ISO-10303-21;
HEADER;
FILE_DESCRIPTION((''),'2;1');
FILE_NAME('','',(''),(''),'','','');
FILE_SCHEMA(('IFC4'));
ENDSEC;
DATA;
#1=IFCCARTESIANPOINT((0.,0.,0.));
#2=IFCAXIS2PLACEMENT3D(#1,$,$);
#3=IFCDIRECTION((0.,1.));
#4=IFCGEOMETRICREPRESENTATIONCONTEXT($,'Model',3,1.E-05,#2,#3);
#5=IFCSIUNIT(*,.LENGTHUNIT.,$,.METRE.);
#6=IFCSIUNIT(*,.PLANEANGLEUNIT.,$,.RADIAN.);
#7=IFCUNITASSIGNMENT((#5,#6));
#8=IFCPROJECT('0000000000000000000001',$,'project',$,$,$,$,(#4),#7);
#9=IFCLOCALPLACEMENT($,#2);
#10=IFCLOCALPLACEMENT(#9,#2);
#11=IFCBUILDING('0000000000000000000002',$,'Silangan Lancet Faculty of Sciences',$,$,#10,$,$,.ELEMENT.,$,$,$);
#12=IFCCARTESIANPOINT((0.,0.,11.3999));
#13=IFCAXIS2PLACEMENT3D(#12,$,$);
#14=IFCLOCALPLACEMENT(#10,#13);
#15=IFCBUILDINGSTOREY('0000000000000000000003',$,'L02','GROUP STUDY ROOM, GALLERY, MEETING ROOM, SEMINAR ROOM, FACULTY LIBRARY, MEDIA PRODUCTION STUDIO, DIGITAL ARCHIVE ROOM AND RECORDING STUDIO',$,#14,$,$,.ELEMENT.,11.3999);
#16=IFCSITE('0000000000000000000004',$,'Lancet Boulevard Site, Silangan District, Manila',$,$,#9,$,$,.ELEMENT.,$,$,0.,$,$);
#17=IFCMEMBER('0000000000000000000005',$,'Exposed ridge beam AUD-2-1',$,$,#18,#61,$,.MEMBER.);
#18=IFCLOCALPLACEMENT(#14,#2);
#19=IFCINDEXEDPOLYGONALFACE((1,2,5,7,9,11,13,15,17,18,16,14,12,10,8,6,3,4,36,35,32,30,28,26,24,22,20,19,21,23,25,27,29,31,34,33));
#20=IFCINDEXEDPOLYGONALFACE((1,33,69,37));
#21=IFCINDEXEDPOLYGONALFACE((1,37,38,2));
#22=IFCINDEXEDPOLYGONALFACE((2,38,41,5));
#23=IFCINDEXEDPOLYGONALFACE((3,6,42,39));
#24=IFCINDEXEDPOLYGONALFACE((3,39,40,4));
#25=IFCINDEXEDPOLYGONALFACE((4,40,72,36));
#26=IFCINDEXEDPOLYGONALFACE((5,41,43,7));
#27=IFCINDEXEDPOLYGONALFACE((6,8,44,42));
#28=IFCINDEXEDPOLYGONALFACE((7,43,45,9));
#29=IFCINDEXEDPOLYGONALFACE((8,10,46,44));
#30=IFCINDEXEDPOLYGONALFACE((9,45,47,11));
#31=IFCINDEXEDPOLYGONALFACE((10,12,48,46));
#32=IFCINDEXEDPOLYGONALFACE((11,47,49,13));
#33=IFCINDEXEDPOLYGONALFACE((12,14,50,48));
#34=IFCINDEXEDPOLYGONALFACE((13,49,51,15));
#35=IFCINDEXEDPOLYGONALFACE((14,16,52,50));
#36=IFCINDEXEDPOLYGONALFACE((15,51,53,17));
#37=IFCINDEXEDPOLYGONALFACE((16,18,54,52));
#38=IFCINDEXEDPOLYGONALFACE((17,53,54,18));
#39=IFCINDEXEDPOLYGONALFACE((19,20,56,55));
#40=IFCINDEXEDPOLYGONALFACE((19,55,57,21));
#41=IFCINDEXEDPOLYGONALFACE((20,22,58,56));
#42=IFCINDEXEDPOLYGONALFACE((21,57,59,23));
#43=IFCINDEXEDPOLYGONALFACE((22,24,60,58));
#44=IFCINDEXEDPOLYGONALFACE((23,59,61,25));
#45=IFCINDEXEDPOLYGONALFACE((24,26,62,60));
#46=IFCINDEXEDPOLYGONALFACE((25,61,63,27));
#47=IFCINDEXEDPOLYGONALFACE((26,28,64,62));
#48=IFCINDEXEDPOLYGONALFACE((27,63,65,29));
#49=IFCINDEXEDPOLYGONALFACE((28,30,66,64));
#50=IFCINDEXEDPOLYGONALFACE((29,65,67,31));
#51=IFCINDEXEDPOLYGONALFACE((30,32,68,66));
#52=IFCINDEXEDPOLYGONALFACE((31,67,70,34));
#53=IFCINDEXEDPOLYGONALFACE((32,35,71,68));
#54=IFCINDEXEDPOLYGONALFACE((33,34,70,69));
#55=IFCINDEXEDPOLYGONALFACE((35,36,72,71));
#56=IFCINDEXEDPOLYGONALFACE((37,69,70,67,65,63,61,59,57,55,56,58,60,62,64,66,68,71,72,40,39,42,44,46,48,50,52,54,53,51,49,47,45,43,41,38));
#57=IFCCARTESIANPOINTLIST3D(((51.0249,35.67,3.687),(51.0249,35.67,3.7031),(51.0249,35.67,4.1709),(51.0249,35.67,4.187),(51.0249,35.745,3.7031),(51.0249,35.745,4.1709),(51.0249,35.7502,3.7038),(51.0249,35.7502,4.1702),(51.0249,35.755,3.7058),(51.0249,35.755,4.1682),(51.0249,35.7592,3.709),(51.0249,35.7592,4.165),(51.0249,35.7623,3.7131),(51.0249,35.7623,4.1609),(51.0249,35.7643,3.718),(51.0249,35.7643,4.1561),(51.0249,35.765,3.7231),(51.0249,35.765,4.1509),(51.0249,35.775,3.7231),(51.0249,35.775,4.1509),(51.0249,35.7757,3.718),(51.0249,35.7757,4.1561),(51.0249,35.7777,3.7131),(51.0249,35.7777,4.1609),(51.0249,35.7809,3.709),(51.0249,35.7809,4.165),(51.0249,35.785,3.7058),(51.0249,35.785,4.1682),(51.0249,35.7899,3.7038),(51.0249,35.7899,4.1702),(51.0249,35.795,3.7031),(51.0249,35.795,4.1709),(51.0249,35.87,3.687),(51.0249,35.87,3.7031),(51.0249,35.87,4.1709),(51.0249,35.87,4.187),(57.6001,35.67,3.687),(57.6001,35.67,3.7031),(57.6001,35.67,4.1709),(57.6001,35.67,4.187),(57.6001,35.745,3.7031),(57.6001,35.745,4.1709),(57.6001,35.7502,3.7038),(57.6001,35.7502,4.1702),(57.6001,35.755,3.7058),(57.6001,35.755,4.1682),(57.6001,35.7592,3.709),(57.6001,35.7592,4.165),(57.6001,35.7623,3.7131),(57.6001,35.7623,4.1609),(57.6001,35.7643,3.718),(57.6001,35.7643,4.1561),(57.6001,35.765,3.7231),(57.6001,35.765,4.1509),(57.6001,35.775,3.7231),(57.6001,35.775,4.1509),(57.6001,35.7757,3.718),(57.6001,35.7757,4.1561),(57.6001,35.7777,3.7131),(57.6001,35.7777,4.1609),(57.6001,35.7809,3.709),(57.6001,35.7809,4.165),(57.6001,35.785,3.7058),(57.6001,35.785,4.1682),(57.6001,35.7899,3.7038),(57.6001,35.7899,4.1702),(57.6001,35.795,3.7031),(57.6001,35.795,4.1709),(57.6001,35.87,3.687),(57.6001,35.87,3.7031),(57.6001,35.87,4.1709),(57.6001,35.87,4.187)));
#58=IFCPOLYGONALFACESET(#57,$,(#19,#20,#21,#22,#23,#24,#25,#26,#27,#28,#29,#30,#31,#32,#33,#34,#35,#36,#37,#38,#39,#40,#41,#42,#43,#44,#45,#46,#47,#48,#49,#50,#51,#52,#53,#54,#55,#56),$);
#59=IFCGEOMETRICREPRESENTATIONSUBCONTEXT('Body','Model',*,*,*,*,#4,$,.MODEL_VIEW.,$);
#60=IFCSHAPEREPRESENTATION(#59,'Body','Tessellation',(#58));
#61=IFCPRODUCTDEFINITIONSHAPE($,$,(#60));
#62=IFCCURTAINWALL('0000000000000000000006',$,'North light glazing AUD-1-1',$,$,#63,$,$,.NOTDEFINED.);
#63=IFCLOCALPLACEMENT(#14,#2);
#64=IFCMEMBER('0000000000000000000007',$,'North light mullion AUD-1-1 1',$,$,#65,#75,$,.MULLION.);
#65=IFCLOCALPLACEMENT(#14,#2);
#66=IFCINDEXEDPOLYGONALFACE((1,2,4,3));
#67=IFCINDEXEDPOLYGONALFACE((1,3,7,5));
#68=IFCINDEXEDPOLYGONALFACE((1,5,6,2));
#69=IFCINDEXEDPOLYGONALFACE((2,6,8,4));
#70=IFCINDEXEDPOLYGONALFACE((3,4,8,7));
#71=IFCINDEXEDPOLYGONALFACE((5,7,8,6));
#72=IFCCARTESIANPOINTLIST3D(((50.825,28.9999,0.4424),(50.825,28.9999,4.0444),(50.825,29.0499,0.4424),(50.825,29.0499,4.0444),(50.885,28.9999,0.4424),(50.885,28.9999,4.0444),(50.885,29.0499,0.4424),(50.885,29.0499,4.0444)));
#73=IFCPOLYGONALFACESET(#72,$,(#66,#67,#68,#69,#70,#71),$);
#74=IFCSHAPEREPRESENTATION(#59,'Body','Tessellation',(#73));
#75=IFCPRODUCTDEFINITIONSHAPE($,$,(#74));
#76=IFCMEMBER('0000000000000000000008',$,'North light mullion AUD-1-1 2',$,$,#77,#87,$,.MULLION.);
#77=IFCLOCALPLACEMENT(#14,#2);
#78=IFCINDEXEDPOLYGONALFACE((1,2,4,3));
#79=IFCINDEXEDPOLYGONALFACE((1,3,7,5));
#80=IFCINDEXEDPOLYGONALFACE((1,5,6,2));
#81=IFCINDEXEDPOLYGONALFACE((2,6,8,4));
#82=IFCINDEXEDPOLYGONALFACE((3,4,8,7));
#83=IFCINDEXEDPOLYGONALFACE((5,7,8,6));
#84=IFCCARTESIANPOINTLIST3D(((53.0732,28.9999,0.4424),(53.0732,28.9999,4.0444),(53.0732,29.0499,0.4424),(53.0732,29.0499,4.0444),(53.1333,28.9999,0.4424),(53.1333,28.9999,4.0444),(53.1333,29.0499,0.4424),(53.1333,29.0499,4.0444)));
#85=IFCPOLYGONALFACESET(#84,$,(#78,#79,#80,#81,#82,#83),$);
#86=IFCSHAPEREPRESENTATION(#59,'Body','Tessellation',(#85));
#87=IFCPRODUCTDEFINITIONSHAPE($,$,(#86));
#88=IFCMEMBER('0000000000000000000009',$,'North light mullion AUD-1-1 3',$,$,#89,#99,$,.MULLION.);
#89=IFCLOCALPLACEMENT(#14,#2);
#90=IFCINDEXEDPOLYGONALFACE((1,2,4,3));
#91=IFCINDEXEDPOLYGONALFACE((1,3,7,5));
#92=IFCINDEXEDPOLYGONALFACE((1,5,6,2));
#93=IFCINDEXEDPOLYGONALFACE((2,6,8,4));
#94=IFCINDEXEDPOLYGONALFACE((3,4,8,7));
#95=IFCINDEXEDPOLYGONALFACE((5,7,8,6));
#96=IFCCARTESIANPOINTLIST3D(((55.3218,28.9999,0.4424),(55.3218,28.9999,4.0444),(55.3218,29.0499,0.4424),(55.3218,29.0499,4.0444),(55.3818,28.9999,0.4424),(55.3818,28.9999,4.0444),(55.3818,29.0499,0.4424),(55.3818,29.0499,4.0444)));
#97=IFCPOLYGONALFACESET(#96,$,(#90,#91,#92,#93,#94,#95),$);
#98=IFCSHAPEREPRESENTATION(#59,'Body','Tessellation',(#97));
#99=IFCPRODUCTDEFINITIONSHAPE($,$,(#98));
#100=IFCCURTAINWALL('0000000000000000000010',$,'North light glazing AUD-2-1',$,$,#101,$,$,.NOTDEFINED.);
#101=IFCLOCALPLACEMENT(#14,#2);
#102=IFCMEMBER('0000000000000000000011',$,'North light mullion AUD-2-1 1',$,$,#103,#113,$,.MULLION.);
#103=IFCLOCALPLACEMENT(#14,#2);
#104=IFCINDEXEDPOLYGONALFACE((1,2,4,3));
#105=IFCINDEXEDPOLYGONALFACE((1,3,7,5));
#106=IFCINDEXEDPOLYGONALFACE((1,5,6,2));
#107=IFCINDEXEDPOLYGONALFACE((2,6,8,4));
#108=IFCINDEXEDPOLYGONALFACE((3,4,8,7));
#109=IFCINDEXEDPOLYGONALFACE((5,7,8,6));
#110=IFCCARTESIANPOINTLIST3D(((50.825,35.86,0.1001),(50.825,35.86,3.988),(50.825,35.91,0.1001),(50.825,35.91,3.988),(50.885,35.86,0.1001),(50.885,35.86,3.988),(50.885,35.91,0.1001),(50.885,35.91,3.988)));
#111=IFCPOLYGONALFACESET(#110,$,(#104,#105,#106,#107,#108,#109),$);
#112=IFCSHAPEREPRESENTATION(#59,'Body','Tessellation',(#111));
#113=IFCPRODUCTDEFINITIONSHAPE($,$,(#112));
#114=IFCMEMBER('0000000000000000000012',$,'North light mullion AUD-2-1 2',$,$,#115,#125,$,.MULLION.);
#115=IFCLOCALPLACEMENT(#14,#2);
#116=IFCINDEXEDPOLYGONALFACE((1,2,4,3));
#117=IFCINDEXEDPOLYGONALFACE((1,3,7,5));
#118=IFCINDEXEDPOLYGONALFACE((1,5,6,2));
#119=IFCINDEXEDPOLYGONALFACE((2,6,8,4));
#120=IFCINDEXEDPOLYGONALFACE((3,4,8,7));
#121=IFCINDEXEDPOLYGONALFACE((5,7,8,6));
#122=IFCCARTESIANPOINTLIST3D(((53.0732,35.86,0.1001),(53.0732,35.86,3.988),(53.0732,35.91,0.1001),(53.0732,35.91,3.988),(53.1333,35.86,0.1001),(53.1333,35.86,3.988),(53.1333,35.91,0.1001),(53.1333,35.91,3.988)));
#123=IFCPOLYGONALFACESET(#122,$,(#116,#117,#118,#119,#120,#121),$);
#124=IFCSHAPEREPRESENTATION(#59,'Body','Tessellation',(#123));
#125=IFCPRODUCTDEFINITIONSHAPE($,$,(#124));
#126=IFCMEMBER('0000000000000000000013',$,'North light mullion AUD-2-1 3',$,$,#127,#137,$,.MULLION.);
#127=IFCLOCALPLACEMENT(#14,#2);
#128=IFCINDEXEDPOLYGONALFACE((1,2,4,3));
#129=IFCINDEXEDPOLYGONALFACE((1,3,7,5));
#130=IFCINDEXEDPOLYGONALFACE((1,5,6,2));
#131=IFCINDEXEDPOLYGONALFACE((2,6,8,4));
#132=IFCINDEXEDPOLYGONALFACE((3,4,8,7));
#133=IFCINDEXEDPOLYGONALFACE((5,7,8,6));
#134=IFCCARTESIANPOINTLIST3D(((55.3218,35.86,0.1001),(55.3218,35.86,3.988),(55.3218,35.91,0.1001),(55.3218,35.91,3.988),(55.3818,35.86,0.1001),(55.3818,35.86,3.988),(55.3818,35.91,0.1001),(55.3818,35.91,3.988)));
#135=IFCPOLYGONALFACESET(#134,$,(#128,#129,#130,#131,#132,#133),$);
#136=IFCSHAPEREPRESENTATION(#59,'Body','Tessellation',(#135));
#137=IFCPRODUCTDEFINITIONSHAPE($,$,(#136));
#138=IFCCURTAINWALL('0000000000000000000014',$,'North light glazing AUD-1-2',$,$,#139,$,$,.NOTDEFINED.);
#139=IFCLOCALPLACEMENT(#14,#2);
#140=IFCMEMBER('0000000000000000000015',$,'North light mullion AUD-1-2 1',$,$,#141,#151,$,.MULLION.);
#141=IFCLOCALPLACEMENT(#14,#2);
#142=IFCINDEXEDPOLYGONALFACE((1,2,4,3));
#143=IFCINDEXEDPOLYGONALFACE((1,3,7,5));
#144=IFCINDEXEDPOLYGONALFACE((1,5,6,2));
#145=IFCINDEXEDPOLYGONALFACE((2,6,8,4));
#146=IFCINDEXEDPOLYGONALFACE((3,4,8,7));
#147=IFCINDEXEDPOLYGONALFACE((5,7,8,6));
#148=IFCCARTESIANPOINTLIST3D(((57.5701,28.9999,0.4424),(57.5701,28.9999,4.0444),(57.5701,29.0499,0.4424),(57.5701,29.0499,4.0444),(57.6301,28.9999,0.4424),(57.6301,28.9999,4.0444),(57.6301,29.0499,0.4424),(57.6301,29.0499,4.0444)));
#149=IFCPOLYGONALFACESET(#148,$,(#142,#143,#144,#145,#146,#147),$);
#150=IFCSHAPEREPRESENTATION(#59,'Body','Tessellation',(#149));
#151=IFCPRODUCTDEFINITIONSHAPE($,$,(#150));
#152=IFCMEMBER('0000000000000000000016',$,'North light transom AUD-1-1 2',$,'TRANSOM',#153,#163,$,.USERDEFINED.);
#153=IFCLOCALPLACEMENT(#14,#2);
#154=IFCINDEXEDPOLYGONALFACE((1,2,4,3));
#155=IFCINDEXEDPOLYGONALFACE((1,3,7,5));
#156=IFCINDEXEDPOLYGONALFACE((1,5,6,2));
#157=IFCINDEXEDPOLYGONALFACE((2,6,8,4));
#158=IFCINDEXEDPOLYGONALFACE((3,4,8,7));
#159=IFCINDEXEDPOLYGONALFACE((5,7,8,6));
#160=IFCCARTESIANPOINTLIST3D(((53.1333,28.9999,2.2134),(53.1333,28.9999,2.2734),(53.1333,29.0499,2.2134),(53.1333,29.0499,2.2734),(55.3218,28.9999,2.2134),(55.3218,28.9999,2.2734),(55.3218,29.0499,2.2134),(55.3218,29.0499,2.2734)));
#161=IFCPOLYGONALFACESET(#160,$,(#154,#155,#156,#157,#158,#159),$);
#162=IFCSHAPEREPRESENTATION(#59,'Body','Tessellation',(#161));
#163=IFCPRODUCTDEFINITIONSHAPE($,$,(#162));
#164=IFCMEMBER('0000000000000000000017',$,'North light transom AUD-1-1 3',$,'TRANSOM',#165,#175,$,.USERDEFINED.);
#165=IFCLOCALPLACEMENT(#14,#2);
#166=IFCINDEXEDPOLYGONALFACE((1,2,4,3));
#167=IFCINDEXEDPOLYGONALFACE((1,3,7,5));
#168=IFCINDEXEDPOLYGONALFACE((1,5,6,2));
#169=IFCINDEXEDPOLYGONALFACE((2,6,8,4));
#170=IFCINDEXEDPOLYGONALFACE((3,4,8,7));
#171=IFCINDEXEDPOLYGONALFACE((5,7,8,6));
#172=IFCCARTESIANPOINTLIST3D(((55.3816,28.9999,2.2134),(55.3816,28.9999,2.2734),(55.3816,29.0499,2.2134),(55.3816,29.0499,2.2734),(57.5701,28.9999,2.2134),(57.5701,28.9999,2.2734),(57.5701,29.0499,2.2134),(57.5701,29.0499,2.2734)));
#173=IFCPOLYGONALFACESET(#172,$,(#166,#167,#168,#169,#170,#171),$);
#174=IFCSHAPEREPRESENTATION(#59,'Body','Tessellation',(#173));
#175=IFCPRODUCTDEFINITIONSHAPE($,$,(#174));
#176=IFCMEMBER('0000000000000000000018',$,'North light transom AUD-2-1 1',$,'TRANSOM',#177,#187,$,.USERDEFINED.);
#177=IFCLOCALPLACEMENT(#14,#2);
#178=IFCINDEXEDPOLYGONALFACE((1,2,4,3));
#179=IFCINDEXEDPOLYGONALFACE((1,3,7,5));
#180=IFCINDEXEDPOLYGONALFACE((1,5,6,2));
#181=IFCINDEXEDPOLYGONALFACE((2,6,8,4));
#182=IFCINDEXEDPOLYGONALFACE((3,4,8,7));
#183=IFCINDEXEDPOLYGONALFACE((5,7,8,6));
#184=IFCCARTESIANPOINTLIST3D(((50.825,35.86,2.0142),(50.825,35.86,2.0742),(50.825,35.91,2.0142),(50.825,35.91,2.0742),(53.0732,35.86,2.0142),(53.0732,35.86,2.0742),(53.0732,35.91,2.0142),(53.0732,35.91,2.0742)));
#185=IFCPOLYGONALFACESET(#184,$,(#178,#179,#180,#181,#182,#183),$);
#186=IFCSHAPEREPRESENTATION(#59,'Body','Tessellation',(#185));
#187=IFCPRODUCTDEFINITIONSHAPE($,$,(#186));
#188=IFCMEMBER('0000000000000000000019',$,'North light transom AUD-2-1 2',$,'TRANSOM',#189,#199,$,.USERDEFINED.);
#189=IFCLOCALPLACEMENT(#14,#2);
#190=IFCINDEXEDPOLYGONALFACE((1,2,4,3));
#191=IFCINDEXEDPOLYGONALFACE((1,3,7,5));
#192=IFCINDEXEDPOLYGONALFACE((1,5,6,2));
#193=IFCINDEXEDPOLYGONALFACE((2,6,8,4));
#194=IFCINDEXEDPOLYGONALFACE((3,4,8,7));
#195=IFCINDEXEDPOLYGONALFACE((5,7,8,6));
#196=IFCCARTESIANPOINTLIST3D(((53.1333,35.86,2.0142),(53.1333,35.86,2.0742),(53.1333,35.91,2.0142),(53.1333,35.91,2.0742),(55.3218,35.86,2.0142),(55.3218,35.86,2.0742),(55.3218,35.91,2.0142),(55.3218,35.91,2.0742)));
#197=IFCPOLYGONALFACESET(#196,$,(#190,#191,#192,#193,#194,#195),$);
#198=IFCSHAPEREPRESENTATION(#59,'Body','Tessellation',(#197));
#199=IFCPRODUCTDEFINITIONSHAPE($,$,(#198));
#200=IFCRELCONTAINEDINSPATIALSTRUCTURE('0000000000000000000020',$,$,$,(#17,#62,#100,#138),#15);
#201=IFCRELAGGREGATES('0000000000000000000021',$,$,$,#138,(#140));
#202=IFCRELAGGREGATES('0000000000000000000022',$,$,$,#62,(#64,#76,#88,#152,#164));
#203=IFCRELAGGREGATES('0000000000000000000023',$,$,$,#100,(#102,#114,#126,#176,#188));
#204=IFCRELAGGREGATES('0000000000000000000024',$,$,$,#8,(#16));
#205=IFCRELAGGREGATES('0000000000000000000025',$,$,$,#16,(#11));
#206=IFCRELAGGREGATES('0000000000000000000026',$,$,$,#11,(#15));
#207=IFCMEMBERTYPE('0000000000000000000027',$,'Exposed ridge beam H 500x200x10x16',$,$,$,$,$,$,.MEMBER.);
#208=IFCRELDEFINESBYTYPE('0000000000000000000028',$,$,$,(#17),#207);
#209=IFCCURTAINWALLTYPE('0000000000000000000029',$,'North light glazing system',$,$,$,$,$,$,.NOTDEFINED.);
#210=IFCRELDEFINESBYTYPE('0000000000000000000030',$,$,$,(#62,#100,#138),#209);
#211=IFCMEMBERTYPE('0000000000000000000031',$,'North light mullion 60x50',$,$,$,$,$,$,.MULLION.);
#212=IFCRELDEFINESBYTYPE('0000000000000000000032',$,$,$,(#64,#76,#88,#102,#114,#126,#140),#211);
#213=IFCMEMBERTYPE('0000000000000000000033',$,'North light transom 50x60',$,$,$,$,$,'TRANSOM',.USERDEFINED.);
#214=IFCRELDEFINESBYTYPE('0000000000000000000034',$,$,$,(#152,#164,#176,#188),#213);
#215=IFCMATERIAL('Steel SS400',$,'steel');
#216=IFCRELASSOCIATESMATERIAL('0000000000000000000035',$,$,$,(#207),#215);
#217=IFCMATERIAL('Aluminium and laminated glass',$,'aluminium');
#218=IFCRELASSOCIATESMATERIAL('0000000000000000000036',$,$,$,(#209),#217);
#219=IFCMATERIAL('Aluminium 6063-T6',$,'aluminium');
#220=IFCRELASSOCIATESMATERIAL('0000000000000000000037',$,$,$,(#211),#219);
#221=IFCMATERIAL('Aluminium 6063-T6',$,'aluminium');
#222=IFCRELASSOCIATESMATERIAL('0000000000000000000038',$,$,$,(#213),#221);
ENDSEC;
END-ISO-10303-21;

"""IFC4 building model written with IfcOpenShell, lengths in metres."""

from ifc_helpers import new_model, si_unit, direction, frame, origin, origin_2d, place, context, subcontext, project, spatial, rectangle, i_section, extrude, material, material_profile, profile_set, type_object, element, aggregate, save


model = new_model("IFC4")

# Units and contexts
model_context = context("Model", 3, precision=1e-05, world=origin(), true_north=direction((0.0, 1.0)))
body_context = subcontext(model_context, "Body", "Model", "MODEL_VIEW")
ifc_project = project(units=[si_unit("LENGTHUNIT", "METRE"), si_unit("PLANEANGLEUNIT", "RADIAN")], contexts=[model_context])

# Site, building, storey
site_placement = place(None, origin())
site = spatial("IfcSite", under=ifc_project, at=site_placement, Name="Lancet Boulevard Site, Silangan District, Manila", CompositionType="ELEMENT", RefElevation=0.0)
building_placement = place(site_placement, origin())
building = spatial("IfcBuilding", under=site, at=building_placement, Name="Silangan Lancet Faculty of Sciences", CompositionType="ELEMENT")
storey_placement = place(building_placement, frame((0.0, 0.0, 11.3999)))
storey = spatial("IfcBuildingStorey", under=building, at=storey_placement, Name="L02", Description="GROUP STUDY ROOM, GALLERY, MEETING ROOM, SEMINAR ROOM, FACULTY LIBRARY, MEDIA PRODUCTION STUDIO, DIGITAL ARCHIVE ROOM AND RECORDING STUDIO", CompositionType="ELEMENT", Elevation=11.3999)

# Member
ifc_material_1 = material(Name="Steel SS400", Category="steel")
ifc_material_profile_1 = material_profile(ifc_material_1, i_section(OverallWidth=0.2, OverallDepth=0.5, WebThickness=0.01, FlangeThickness=0.0161, FilletRadius=0.02, at=origin_2d()), Name="H 500x200x10x16")
ifc_profile_set_1 = profile_set([ifc_material_profile_1], Name="Steel SS400")
member_type_1 = type_object("IfcMemberType", Name="Exposed ridge beam H 500x200x10x16", PredefinedType="MEMBER", material=ifc_profile_set_1)
member_1_placement = place(storey_placement, frame((51.0249, 35.77, 3.937), z_axis=(1.0, 0.0, 0.0), x_axis=(0.0, 1.0, 0.0)))
element("IfcMember", 1, at=member_1_placement, inside=storey, type_object=member_type_1, Name="Exposed ridge beam AUD-2-1", PredefinedType="MEMBER", context=body_context, shape_type="SweptSolid", body=[
    extrude(i_section(OverallWidth=0.2, OverallDepth=0.5, WebThickness=0.01, FlangeThickness=0.0161, FilletRadius=0.02, at=origin_2d()), origin(), (0.0, 0.0, 1.0), 6.5752),
])

# Curtain walls, members
ifc_material_2 = material(Name="Aluminium and laminated glass", Category="aluminium")
curtain_wall_type = type_object("IfcCurtainWallType", Name="North light glazing system", PredefinedType="NOTDEFINED", material=ifc_material_2)
curtain_wall_1_placement = place(storey_placement, origin())
curtain_wall_1 = element("IfcCurtainWall", 2, at=curtain_wall_1_placement, inside=storey, type_object=curtain_wall_type, Name="North light glazing AUD-1-1", PredefinedType="NOTDEFINED")
ifc_material_3 = material(Name="Aluminium 6063-T6", Category="aluminium")
ifc_material_profile_2 = material_profile(ifc_material_3, rectangle(XDim=0.0601, YDim=0.05, at=origin_2d()), Name="AL 60x50")
ifc_profile_set_2 = profile_set([ifc_material_profile_2], Name="Aluminium 6063-T6")
member_type_2 = type_object("IfcMemberType", Name="North light mullion 60x50", PredefinedType="MULLION", material=ifc_profile_set_2)
member_2_placement = place(storey_placement, frame((50.855, 29.0249, 0.4424), z_axis=(0.0, 0.0, 1.0), x_axis=(1.0, 0.0, 0.0)))
member_2 = element("IfcMember", 3, at=member_2_placement, type_object=member_type_2, Name="North light mullion AUD-1-1 1", PredefinedType="MULLION", context=body_context, shape_type="SweptSolid", body=[
    extrude(rectangle(XDim=0.0601, YDim=0.05, at=origin_2d()), origin(), (0.0, 0.0, 1.0), 3.6021),
])
member_3_placement = place(storey_placement, frame((53.1033, 29.0249, 0.4424), z_axis=(0.0, 0.0, 1.0), x_axis=(1.0, 0.0, 0.0)))
member_3 = element("IfcMember", 4, at=member_3_placement, type_object=member_type_2, Name="North light mullion AUD-1-1 2", PredefinedType="MULLION", context=body_context, shape_type="SweptSolid", body=[
    extrude(rectangle(XDim=0.0601, YDim=0.05, at=origin_2d()), origin(), (0.0, 0.0, 1.0), 3.6021),
])
member_4_placement = place(storey_placement, frame((55.3518, 29.0249, 0.4424), z_axis=(0.0, 0.0, 1.0), x_axis=(1.0, 0.0, 0.0)))
member_4 = element("IfcMember", 5, at=member_4_placement, type_object=member_type_2, Name="North light mullion AUD-1-1 3", PredefinedType="MULLION", context=body_context, shape_type="SweptSolid", body=[
    extrude(rectangle(XDim=0.0601, YDim=0.05, at=origin_2d()), origin(), (0.0, 0.0, 1.0), 3.6021),
])
curtain_wall_2_placement = place(storey_placement, origin())
curtain_wall_2 = element("IfcCurtainWall", 6, at=curtain_wall_2_placement, inside=storey, type_object=curtain_wall_type, Name="North light glazing AUD-2-1", PredefinedType="NOTDEFINED")
member_5_placement = place(storey_placement, frame((50.855, 35.885, 0.1001), z_axis=(0.0, 0.0, 1.0), x_axis=(1.0, 0.0, 0.0)))
member_5 = element("IfcMember", 7, at=member_5_placement, type_object=member_type_2, Name="North light mullion AUD-2-1 1", PredefinedType="MULLION", context=body_context, shape_type="SweptSolid", body=[
    extrude(rectangle(XDim=0.0601, YDim=0.05, at=origin_2d()), origin(), (0.0, 0.0, 1.0), 3.8879),
])
member_6_placement = place(storey_placement, frame((53.1033, 35.885, 0.1001), z_axis=(0.0, 0.0, 1.0), x_axis=(1.0, 0.0, 0.0)))
member_6 = element("IfcMember", 8, at=member_6_placement, type_object=member_type_2, Name="North light mullion AUD-2-1 2", PredefinedType="MULLION", context=body_context, shape_type="SweptSolid", body=[
    extrude(rectangle(XDim=0.0601, YDim=0.05, at=origin_2d()), origin(), (0.0, 0.0, 1.0), 3.8879),
])
member_7_placement = place(storey_placement, frame((55.3518, 35.885, 0.1001), z_axis=(0.0, 0.0, 1.0), x_axis=(1.0, 0.0, 0.0)))
member_7 = element("IfcMember", 9, at=member_7_placement, type_object=member_type_2, Name="North light mullion AUD-2-1 3", PredefinedType="MULLION", context=body_context, shape_type="SweptSolid", body=[
    extrude(rectangle(XDim=0.0601, YDim=0.05, at=origin_2d()), origin(), (0.0, 0.0, 1.0), 3.8879),
])

# Curtain wall, member
curtain_wall_3_placement = place(storey_placement, origin())
curtain_wall_3 = element("IfcCurtainWall", 10, at=curtain_wall_3_placement, inside=storey, type_object=curtain_wall_type, Name="North light glazing AUD-1-2", PredefinedType="NOTDEFINED")
member_8_placement = place(storey_placement, frame((57.6001, 29.0249, 0.4424), z_axis=(0.0, 0.0, 1.0), x_axis=(1.0, 0.0, 0.0)))
member_8 = element("IfcMember", 11, at=member_8_placement, type_object=member_type_2, Name="North light mullion AUD-1-2 1", PredefinedType="MULLION", context=body_context, shape_type="SweptSolid", body=[
    extrude(rectangle(XDim=0.0601, YDim=0.05, at=origin_2d()), origin(), (0.0, 0.0, 1.0), 3.6021),
])
aggregate(curtain_wall_3, [member_8])

# Members
ifc_material_4 = material(Name="Aluminium 6063-T6", Category="aluminium")
ifc_material_profile_3 = material_profile(ifc_material_4, rectangle(XDim=0.05, YDim=0.0601, at=origin_2d()), Name="AL 50x60")
ifc_profile_set_3 = profile_set([ifc_material_profile_3], Name="Aluminium 6063-T6")
member_type_3 = type_object("IfcMemberType", Name="North light transom 50x60", ElementType="TRANSOM", PredefinedType="USERDEFINED", material=ifc_profile_set_3)
member_9_placement = place(storey_placement, frame((53.1333, 29.0249, 2.2434), z_axis=(1.0, 0.0, 0.0), x_axis=(0.0, 1.0, 0.0)))
member_9 = element("IfcMember", 12, at=member_9_placement, type_object=member_type_3, Name="North light transom AUD-1-1 2", ObjectType="TRANSOM", PredefinedType="USERDEFINED", context=body_context, shape_type="SweptSolid", body=[
    extrude(rectangle(XDim=0.05, YDim=0.0601, at=origin_2d()), origin(), (0.0, 0.0, 1.0), 2.1885),
])
member_10_placement = place(storey_placement, frame((55.3816, 29.0249, 2.2434), z_axis=(1.0, 0.0, 0.0), x_axis=(0.0, 1.0, 0.0)))
member_10 = element("IfcMember", 13, at=member_10_placement, type_object=member_type_3, Name="North light transom AUD-1-1 3", ObjectType="TRANSOM", PredefinedType="USERDEFINED", context=body_context, shape_type="SweptSolid", body=[
    extrude(rectangle(XDim=0.05, YDim=0.0601, at=origin_2d()), origin(), (0.0, 0.0, 1.0), 2.1885),
])
aggregate(curtain_wall_1, [member_2, member_3, member_4, member_9, member_10])
member_11_placement = place(storey_placement, frame((50.825, 35.885, 2.0442), z_axis=(1.0, 0.0, 0.0), x_axis=(0.0, 1.0, 0.0)))
member_11 = element("IfcMember", 14, at=member_11_placement, type_object=member_type_3, Name="North light transom AUD-2-1 1", ObjectType="TRANSOM", PredefinedType="USERDEFINED", context=body_context, shape_type="SweptSolid", body=[
    extrude(rectangle(XDim=0.05, YDim=0.0601, at=origin_2d()), origin(), (0.0, 0.0, 1.0), 2.2483),
])
member_12_placement = place(storey_placement, frame((53.1333, 35.885, 2.0442), z_axis=(1.0, 0.0, 0.0), x_axis=(0.0, 1.0, 0.0)))
member_12 = element("IfcMember", 15, at=member_12_placement, type_object=member_type_3, Name="North light transom AUD-2-1 2", ObjectType="TRANSOM", PredefinedType="USERDEFINED", context=body_context, shape_type="SweptSolid", body=[
    extrude(rectangle(XDim=0.05, YDim=0.0601, at=origin_2d()), origin(), (0.0, 0.0, 1.0), 2.1885),
])

aggregate(curtain_wall_2, [member_5, member_6, member_7, member_11, member_12])

save(model, "model.ifc")
